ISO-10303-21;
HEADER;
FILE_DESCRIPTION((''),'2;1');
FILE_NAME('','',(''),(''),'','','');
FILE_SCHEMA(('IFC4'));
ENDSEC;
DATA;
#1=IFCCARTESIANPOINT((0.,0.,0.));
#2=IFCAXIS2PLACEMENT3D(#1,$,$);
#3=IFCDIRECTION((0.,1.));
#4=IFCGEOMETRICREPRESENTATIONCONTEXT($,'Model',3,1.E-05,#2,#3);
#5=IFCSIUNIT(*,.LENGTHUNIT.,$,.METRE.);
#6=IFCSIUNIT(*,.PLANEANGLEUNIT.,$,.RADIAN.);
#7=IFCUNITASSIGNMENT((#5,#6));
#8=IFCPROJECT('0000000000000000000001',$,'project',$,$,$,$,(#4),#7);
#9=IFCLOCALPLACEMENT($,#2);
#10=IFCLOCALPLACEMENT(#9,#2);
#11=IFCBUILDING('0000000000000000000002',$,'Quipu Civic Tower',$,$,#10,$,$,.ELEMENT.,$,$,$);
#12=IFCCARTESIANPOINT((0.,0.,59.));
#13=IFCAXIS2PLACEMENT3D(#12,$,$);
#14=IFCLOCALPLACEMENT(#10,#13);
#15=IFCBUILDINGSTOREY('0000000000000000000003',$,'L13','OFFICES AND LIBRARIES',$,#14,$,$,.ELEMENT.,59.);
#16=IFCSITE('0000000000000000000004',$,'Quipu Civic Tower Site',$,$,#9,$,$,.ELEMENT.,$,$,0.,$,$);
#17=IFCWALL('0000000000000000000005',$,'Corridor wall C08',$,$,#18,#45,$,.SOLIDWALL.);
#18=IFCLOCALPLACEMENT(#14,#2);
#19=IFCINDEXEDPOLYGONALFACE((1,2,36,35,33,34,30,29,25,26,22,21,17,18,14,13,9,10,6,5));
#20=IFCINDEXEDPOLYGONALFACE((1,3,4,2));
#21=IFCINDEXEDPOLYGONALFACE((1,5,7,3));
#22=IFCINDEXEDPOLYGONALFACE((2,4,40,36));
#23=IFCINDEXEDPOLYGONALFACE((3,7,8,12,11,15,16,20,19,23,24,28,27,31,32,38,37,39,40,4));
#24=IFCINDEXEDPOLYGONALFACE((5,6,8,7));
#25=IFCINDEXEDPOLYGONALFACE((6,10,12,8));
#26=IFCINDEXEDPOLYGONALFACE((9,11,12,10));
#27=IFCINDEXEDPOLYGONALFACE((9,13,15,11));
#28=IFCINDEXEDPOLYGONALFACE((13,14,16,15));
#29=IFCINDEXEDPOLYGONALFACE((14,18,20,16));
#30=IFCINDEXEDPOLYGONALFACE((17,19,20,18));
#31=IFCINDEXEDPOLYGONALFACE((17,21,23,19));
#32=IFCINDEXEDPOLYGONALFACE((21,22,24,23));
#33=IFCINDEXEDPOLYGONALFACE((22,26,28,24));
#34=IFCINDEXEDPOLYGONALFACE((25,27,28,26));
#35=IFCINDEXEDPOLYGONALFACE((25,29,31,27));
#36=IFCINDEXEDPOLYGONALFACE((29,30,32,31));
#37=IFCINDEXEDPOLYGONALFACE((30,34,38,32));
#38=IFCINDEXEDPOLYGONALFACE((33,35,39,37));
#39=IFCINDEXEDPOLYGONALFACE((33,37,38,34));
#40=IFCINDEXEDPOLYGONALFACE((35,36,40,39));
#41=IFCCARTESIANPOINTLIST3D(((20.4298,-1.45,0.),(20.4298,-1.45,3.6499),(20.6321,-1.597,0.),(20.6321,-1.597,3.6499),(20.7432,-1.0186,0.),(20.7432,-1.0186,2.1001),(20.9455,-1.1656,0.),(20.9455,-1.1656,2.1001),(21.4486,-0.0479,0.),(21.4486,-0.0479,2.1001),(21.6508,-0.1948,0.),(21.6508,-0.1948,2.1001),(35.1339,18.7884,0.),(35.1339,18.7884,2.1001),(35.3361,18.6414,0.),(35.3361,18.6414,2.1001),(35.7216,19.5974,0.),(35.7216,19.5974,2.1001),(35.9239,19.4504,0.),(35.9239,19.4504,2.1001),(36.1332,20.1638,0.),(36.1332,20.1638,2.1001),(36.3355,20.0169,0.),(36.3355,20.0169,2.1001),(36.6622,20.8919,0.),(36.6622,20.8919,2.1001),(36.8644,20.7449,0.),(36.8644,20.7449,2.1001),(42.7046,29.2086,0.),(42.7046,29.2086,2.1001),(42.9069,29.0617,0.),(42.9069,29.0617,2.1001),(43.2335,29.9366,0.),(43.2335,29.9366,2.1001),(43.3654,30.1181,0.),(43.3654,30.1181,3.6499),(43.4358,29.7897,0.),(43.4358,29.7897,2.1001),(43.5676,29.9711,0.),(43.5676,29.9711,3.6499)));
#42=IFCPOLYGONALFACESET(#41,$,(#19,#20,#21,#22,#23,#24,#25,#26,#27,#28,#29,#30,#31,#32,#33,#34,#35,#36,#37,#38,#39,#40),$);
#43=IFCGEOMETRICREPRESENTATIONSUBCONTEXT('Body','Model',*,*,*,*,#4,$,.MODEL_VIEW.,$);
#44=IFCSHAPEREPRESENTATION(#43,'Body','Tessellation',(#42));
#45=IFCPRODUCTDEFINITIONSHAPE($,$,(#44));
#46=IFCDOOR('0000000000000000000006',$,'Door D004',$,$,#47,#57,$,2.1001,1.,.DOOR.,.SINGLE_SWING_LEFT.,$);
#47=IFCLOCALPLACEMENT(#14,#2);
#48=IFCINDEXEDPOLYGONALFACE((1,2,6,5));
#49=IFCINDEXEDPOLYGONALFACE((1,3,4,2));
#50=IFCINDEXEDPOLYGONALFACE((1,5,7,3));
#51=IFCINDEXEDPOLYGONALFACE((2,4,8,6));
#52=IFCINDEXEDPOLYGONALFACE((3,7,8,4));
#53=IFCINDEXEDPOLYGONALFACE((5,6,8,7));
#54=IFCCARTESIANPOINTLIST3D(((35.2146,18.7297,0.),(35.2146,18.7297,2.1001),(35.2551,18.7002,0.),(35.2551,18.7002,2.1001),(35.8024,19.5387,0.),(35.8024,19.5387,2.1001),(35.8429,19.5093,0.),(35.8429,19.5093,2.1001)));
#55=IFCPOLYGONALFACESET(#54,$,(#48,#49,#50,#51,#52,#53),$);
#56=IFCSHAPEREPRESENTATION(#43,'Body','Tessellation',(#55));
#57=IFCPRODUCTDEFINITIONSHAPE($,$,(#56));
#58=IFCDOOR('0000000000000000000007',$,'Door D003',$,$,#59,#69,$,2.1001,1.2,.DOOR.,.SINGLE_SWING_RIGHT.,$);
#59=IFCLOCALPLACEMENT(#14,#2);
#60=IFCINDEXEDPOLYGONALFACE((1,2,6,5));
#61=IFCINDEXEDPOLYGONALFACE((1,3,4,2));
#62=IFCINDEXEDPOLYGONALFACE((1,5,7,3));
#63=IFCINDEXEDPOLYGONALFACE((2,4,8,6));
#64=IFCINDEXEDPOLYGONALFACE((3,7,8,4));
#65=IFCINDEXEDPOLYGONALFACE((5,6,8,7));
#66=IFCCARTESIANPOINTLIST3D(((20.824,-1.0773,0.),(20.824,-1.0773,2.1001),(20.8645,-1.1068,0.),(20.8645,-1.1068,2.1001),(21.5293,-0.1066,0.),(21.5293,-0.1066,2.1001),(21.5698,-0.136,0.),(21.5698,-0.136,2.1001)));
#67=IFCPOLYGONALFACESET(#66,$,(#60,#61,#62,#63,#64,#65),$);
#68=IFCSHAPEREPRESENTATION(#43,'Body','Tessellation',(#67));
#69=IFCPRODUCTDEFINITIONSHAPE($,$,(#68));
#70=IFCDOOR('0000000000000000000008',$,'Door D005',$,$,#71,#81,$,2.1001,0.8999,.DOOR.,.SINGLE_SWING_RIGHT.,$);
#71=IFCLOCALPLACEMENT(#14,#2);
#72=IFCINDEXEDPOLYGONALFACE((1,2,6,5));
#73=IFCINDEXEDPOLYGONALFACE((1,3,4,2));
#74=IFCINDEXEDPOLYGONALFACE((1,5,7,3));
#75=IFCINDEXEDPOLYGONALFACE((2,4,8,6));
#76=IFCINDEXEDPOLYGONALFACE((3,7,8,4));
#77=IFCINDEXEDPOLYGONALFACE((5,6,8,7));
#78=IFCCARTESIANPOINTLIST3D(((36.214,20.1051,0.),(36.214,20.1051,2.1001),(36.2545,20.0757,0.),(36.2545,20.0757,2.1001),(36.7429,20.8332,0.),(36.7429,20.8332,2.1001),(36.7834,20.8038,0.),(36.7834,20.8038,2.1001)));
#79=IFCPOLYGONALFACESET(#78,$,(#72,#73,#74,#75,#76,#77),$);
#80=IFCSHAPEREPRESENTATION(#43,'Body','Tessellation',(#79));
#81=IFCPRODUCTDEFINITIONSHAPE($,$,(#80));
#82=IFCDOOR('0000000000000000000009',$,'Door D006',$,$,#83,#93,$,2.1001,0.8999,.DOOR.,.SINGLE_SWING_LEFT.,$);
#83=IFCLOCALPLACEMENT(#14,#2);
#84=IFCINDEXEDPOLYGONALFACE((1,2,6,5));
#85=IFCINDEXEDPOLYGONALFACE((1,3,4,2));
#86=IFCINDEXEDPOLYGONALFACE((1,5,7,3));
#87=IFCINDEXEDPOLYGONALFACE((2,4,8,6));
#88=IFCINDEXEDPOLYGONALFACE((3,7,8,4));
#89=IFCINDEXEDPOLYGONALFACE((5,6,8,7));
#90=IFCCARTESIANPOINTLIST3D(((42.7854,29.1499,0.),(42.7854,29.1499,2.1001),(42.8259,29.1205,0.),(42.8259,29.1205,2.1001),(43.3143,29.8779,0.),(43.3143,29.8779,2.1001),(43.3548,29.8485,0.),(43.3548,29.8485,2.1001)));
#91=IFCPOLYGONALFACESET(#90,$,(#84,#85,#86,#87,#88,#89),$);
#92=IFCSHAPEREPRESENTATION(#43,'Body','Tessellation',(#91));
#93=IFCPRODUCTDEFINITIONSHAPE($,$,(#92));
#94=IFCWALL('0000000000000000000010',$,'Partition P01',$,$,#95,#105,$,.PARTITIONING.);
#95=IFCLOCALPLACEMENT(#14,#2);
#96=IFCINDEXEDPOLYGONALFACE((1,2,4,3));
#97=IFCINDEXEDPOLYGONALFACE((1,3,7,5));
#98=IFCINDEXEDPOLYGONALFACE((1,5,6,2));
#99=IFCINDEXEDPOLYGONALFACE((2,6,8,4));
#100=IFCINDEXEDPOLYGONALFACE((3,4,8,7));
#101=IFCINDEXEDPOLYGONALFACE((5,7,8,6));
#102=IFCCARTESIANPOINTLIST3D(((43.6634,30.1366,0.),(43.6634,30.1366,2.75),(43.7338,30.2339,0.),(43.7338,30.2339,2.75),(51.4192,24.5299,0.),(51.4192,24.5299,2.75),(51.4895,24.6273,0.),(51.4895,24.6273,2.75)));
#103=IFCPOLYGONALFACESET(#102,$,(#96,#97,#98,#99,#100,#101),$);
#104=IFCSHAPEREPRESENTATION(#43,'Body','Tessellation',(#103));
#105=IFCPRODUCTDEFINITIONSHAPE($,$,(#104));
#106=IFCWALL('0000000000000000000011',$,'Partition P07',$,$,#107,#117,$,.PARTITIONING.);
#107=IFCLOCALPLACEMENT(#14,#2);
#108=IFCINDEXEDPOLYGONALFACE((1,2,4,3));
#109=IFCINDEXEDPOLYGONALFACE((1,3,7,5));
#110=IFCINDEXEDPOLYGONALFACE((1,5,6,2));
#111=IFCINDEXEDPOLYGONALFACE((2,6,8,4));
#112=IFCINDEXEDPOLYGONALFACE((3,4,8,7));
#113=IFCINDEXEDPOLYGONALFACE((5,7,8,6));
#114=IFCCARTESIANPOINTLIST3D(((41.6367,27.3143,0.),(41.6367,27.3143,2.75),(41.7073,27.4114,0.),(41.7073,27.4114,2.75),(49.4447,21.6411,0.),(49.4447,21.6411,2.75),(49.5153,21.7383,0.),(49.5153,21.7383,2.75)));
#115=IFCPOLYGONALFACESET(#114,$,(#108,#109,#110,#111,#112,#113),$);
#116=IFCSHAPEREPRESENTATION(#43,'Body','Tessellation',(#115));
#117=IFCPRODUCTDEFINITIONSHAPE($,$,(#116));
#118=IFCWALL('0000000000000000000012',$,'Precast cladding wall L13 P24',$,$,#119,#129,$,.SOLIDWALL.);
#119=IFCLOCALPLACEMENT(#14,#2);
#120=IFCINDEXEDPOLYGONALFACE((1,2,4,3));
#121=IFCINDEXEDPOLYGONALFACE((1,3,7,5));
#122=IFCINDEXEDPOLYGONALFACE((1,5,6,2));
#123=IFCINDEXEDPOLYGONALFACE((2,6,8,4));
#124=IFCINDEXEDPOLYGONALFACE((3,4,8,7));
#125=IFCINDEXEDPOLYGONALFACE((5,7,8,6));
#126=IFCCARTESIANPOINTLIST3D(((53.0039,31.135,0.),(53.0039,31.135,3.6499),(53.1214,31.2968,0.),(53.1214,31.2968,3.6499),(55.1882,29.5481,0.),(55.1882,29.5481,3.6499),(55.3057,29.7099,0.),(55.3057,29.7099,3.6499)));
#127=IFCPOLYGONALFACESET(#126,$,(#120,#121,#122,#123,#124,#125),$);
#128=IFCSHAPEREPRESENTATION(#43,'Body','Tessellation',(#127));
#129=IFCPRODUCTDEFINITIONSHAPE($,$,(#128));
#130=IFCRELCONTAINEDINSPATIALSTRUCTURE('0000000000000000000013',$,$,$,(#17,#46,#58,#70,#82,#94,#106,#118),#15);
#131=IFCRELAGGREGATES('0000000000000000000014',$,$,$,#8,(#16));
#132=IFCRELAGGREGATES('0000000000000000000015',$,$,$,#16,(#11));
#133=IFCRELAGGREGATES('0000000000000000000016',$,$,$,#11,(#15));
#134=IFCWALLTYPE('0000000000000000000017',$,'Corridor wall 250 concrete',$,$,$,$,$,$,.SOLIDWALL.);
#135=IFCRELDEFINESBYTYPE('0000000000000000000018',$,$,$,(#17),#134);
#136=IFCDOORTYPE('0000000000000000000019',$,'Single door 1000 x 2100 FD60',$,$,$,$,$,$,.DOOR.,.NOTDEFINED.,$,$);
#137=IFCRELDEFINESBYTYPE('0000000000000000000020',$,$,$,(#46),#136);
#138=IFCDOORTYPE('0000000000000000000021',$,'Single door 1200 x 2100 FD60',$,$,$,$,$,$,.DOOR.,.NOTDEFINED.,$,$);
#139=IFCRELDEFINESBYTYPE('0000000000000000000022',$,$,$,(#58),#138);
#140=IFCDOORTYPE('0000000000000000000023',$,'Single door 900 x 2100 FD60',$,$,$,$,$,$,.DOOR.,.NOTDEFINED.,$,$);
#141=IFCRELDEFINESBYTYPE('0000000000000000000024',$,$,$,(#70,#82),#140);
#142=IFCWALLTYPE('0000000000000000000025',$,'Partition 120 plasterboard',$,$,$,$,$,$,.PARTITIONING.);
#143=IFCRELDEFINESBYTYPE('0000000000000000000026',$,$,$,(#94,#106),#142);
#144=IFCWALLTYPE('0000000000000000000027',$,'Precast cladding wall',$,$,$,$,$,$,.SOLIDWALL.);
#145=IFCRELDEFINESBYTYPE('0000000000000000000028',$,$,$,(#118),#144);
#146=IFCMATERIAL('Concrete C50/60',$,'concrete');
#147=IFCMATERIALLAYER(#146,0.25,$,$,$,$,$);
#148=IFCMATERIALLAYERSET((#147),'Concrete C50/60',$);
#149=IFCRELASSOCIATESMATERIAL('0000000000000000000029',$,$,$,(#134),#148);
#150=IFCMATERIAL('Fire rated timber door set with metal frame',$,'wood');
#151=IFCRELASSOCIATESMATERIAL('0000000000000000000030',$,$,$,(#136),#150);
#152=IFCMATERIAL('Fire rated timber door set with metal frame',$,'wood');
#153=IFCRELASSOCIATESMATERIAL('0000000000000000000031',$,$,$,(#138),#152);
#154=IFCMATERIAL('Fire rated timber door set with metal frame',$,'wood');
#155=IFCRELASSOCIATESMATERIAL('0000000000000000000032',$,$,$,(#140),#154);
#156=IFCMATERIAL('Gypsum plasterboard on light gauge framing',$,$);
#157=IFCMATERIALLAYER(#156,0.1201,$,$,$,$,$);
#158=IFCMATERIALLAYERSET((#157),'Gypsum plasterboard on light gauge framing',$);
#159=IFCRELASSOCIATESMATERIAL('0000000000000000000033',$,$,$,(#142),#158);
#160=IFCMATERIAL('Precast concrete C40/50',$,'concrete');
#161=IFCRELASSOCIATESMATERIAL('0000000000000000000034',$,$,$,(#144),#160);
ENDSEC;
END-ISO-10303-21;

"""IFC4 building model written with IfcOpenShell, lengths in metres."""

from ifc_helpers import new_model, si_unit, direction, frame, frame_2d, origin, place, context, subcontext, project, spatial, rectangle, extrude, material, layer, layer_set, type_object, element, fill, save


model = new_model("IFC4")

# Units and contexts
model_context = context("Model", 3, precision=1e-05, world=origin(), true_north=direction((0.0, 1.0)))
body_context = subcontext(model_context, "Body", "Model", "MODEL_VIEW")
ifc_project = project(units=[si_unit("LENGTHUNIT", "METRE"), si_unit("PLANEANGLEUNIT", "RADIAN")], contexts=[model_context])

# Site, building, storey
site_placement = place(None, origin())
site = spatial("IfcSite", under=ifc_project, at=site_placement, Name="Quipu Civic Tower Site", CompositionType="ELEMENT", RefElevation=0.0)
building_placement = place(site_placement, origin())
building = spatial("IfcBuilding", under=site, at=building_placement, Name="Quipu Civic Tower", CompositionType="ELEMENT")
storey_placement = place(building_placement, frame((0.0, 0.0, 59.0)))
storey = spatial("IfcBuildingStorey", under=building, at=storey_placement, Name="L13", Description="OFFICES AND LIBRARIES", CompositionType="ELEMENT", Elevation=59.0)

# Wall, openings, doors
ifc_material_1 = material(Name="Concrete C50/60", Category="concrete")
ifc_layer_1 = layer(ifc_material_1, 0.25)
ifc_layer_set_1 = layer_set([ifc_layer_1], Name="Concrete C50/60")
wall_type_1 = type_object("IfcWallType", Name="Corridor wall 250 concrete", PredefinedType="SOLIDWALL", material=ifc_layer_set_1)
wall_1_placement = place(storey_placement, frame((43.4666, 30.0447, 0.0), z_axis=(0.0, 0.0, 1.0), x_axis=(-0.587785, -0.809017, 0.0)))
wall_1 = element("IfcWall", 1, at=wall_1_placement, inside=storey, type_object=wall_type_1, Name="Corridor wall C08", PredefinedType="SOLIDWALL", context=body_context, shape_type="SweptSolid", body=[
    extrude(rectangle(XDim=39.0203, YDim=0.25, at=frame_2d((19.5103, 0.0))), origin(), (0.0, 0.0, 1.0), 3.6499),
])
opening_1_placement = place(wall_1_placement, frame((11.4043, 0.0, 0.0)))
opening_1 = element("IfcOpeningElement", 2, at=opening_1_placement, cuts=wall_1, PredefinedType="OPENING", context=body_context, shape_type="SweptSolid", body=[
    extrude(rectangle(XDim=0.8999, YDim=2.1001, at=frame_2d((0.45, 1.05))), frame((0.0, 0.135, 0.0), z_axis=(0.0, -1.0, 0.0), x_axis=(1.0, 0.0, 0.0)), (0.0, 0.0, 1.0), 0.27),
])
opening_2_placement = place(wall_1_placement, frame((13.0044, 0.0, 0.0)))
opening_2 = element("IfcOpeningElement", 3, at=opening_2_placement, cuts=wall_1, PredefinedType="OPENING", context=body_context, shape_type="SweptSolid", body=[
    extrude(rectangle(XDim=1.0, YDim=2.1001, at=frame_2d((0.5, 1.05))), frame((0.0, 0.135, 0.0), z_axis=(0.0, -1.0, 0.0), x_axis=(1.0, 0.0, 0.0)), (0.0, 0.0, 1.0), 0.27),
])
opening_3_placement = place(wall_1_placement, frame((37.2871, 0.0, 0.0)))
opening_3 = element("IfcOpeningElement", 4, at=opening_3_placement, cuts=wall_1, PredefinedType="OPENING", context=body_context, shape_type="SweptSolid", body=[
    extrude(rectangle(XDim=1.2, YDim=2.1001, at=frame_2d((0.6001, 1.05))), frame((0.0, 0.135, 0.0), z_axis=(0.0, -1.0, 0.0), x_axis=(1.0, 0.0, 0.0)), (0.0, 0.0, 1.0), 0.27),
])
opening_4_placement = place(wall_1_placement, frame((0.2244, 0.0, 0.0)))
opening_4 = element("IfcOpeningElement", 5, at=opening_4_placement, cuts=wall_1, PredefinedType="OPENING", context=body_context, shape_type="SweptSolid", body=[
    extrude(rectangle(XDim=0.8999, YDim=2.1001, at=frame_2d((0.45, 1.05))), frame((0.0, 0.135, 0.0), z_axis=(0.0, -1.0, 0.0), x_axis=(1.0, 0.0, 0.0)), (0.0, 0.0, 1.0), 0.27),
])
ifc_material_2 = material(Name="Fire rated timber door set with metal frame", Category="wood")
door_type_1 = type_object("IfcDoorType", Name="Single door 1000 x 2100 FD60", OperationType="NOTDEFINED", PredefinedType="DOOR", material=ifc_material_2)
door_1_placement = place(opening_2_placement, origin())
door_1 = element("IfcDoor", 6, at=door_1_placement, inside=storey, type_object=door_type_1, Name="Door D004", OperationType="SINGLE_SWING_LEFT", OverallHeight=2.1001, OverallWidth=1.0, PredefinedType="DOOR", context=body_context, shape_type="SweptSolid", body=[
    extrude(rectangle(XDim=1.0, YDim=2.1001, at=frame_2d((0.5, 1.05))), frame((0.0, 0.0249, 0.0), z_axis=(0.0, -1.0, 0.0), x_axis=(1.0, 0.0, 0.0)), (0.0, 0.0, 1.0), 0.05),
])
fill(opening_2, door_1)
ifc_material_3 = material(Name="Fire rated timber door set with metal frame", Category="wood")
door_type_2 = type_object("IfcDoorType", Name="Single door 1200 x 2100 FD60", OperationType="NOTDEFINED", PredefinedType="DOOR", material=ifc_material_3)
door_2_placement = place(opening_3_placement, origin())
door_2 = element("IfcDoor", 7, at=door_2_placement, inside=storey, type_object=door_type_2, Name="Door D003", OperationType="SINGLE_SWING_RIGHT", OverallHeight=2.1001, OverallWidth=1.2, PredefinedType="DOOR", context=body_context, shape_type="SweptSolid", body=[
    extrude(rectangle(XDim=1.2, YDim=2.1001, at=frame_2d((0.6001, 1.05))), frame((0.0, 0.0249, 0.0), z_axis=(0.0, -1.0, 0.0), x_axis=(1.0, 0.0, 0.0)), (0.0, 0.0, 1.0), 0.05),
])
fill(opening_3, door_2)
ifc_material_4 = material(Name="Fire rated timber door set with metal frame", Category="wood")
door_type_3 = type_object("IfcDoorType", Name="Single door 900 x 2100 FD60", OperationType="NOTDEFINED", PredefinedType="DOOR", material=ifc_material_4)
door_3_placement = place(opening_1_placement, origin())
door_3 = element("IfcDoor", 8, at=door_3_placement, inside=storey, type_object=door_type_3, Name="Door D005", OperationType="SINGLE_SWING_RIGHT", OverallHeight=2.1001, OverallWidth=0.8999, PredefinedType="DOOR", context=body_context, shape_type="SweptSolid", body=[
    extrude(rectangle(XDim=0.8999, YDim=2.1001, at=frame_2d((0.45, 1.05))), frame((0.0, 0.0249, 0.0), z_axis=(0.0, -1.0, 0.0), x_axis=(1.0, 0.0, 0.0)), (0.0, 0.0, 1.0), 0.05),
])
fill(opening_1, door_3)
door_4_placement = place(opening_4_placement, origin())
door_4 = element("IfcDoor", 9, at=door_4_placement, inside=storey, type_object=door_type_3, Name="Door D006", OperationType="SINGLE_SWING_LEFT", OverallHeight=2.1001, OverallWidth=0.8999, PredefinedType="DOOR", context=body_context, shape_type="SweptSolid", body=[
    extrude(rectangle(XDim=0.8999, YDim=2.1001, at=frame_2d((0.45, 1.05))), frame((0.0, 0.0249, 0.0), z_axis=(0.0, -1.0, 0.0), x_axis=(1.0, 0.0, 0.0)), (0.0, 0.0, 1.0), 0.05),
])
fill(opening_4, door_4)

# Walls
ifc_material_5 = material(Name="Gypsum plasterboard on light gauge framing")
ifc_layer_2 = layer(ifc_material_5, 0.1201)
ifc_layer_set_2 = layer_set([ifc_layer_2], Name="Gypsum plasterboard on light gauge framing")
wall_type_2 = type_object("IfcWallType", Name="Partition 120 plasterboard", PredefinedType="PARTITIONING", material=ifc_layer_set_2)
wall_2_placement = place(storey_placement, frame((43.6985, 30.1853, 0.0), z_axis=(0.0, 0.0, 1.0), x_axis=(0.810419, -0.58585, 0.0)))
element("IfcWall", 10, at=wall_2_placement, inside=storey, type_object=wall_type_2, Name="Partition P01", PredefinedType="PARTITIONING", context=body_context, shape_type="SweptSolid", body=[
    extrude(rectangle(XDim=9.5701, YDim=0.1201, at=frame_2d((4.7852, 0.0))), origin(), (0.0, 0.0, 1.0), 2.75),
])
wall_3_placement = place(storey_placement, frame((49.48, 21.6897, 0.0), z_axis=(0.0, 0.0, 1.0), x_axis=(-0.809, 0.587809, 0.0)))
element("IfcWall", 11, at=wall_3_placement, inside=storey, type_object=wall_type_2, Name="Partition P07", PredefinedType="PARTITIONING", context=body_context, shape_type="SweptSolid", body=[
    extrude(rectangle(XDim=9.6514, YDim=0.1201, at=frame_2d((4.8257, 0.0))), origin(), (0.0, 0.0, 1.0), 2.75),
])
ifc_material_6 = material(Name="Precast concrete C40/50", Category="concrete")
wall_type_3 = type_object("IfcWallType", Name="Precast cladding wall", PredefinedType="SOLIDWALL", material=ifc_material_6)
wall_4_placement = place(storey_placement, frame((55.2471, 29.6289, 0.0), z_axis=(0.0, 0.0, 1.0), x_axis=(-0.809033, 0.587763, 0.0)))
element("IfcWall", 12, at=wall_4_placement, inside=storey, type_object=wall_type_3, Name="Precast cladding wall L13 P24", PredefinedType="SOLIDWALL", context=body_context, shape_type="SweptSolid", body=[
    extrude(rectangle(XDim=2.7, YDim=0.2, at=frame_2d((1.3501, 0.0))), origin(), (0.0, 0.0, 1.0), 3.6499),
])

save(model, "model.ifc")
